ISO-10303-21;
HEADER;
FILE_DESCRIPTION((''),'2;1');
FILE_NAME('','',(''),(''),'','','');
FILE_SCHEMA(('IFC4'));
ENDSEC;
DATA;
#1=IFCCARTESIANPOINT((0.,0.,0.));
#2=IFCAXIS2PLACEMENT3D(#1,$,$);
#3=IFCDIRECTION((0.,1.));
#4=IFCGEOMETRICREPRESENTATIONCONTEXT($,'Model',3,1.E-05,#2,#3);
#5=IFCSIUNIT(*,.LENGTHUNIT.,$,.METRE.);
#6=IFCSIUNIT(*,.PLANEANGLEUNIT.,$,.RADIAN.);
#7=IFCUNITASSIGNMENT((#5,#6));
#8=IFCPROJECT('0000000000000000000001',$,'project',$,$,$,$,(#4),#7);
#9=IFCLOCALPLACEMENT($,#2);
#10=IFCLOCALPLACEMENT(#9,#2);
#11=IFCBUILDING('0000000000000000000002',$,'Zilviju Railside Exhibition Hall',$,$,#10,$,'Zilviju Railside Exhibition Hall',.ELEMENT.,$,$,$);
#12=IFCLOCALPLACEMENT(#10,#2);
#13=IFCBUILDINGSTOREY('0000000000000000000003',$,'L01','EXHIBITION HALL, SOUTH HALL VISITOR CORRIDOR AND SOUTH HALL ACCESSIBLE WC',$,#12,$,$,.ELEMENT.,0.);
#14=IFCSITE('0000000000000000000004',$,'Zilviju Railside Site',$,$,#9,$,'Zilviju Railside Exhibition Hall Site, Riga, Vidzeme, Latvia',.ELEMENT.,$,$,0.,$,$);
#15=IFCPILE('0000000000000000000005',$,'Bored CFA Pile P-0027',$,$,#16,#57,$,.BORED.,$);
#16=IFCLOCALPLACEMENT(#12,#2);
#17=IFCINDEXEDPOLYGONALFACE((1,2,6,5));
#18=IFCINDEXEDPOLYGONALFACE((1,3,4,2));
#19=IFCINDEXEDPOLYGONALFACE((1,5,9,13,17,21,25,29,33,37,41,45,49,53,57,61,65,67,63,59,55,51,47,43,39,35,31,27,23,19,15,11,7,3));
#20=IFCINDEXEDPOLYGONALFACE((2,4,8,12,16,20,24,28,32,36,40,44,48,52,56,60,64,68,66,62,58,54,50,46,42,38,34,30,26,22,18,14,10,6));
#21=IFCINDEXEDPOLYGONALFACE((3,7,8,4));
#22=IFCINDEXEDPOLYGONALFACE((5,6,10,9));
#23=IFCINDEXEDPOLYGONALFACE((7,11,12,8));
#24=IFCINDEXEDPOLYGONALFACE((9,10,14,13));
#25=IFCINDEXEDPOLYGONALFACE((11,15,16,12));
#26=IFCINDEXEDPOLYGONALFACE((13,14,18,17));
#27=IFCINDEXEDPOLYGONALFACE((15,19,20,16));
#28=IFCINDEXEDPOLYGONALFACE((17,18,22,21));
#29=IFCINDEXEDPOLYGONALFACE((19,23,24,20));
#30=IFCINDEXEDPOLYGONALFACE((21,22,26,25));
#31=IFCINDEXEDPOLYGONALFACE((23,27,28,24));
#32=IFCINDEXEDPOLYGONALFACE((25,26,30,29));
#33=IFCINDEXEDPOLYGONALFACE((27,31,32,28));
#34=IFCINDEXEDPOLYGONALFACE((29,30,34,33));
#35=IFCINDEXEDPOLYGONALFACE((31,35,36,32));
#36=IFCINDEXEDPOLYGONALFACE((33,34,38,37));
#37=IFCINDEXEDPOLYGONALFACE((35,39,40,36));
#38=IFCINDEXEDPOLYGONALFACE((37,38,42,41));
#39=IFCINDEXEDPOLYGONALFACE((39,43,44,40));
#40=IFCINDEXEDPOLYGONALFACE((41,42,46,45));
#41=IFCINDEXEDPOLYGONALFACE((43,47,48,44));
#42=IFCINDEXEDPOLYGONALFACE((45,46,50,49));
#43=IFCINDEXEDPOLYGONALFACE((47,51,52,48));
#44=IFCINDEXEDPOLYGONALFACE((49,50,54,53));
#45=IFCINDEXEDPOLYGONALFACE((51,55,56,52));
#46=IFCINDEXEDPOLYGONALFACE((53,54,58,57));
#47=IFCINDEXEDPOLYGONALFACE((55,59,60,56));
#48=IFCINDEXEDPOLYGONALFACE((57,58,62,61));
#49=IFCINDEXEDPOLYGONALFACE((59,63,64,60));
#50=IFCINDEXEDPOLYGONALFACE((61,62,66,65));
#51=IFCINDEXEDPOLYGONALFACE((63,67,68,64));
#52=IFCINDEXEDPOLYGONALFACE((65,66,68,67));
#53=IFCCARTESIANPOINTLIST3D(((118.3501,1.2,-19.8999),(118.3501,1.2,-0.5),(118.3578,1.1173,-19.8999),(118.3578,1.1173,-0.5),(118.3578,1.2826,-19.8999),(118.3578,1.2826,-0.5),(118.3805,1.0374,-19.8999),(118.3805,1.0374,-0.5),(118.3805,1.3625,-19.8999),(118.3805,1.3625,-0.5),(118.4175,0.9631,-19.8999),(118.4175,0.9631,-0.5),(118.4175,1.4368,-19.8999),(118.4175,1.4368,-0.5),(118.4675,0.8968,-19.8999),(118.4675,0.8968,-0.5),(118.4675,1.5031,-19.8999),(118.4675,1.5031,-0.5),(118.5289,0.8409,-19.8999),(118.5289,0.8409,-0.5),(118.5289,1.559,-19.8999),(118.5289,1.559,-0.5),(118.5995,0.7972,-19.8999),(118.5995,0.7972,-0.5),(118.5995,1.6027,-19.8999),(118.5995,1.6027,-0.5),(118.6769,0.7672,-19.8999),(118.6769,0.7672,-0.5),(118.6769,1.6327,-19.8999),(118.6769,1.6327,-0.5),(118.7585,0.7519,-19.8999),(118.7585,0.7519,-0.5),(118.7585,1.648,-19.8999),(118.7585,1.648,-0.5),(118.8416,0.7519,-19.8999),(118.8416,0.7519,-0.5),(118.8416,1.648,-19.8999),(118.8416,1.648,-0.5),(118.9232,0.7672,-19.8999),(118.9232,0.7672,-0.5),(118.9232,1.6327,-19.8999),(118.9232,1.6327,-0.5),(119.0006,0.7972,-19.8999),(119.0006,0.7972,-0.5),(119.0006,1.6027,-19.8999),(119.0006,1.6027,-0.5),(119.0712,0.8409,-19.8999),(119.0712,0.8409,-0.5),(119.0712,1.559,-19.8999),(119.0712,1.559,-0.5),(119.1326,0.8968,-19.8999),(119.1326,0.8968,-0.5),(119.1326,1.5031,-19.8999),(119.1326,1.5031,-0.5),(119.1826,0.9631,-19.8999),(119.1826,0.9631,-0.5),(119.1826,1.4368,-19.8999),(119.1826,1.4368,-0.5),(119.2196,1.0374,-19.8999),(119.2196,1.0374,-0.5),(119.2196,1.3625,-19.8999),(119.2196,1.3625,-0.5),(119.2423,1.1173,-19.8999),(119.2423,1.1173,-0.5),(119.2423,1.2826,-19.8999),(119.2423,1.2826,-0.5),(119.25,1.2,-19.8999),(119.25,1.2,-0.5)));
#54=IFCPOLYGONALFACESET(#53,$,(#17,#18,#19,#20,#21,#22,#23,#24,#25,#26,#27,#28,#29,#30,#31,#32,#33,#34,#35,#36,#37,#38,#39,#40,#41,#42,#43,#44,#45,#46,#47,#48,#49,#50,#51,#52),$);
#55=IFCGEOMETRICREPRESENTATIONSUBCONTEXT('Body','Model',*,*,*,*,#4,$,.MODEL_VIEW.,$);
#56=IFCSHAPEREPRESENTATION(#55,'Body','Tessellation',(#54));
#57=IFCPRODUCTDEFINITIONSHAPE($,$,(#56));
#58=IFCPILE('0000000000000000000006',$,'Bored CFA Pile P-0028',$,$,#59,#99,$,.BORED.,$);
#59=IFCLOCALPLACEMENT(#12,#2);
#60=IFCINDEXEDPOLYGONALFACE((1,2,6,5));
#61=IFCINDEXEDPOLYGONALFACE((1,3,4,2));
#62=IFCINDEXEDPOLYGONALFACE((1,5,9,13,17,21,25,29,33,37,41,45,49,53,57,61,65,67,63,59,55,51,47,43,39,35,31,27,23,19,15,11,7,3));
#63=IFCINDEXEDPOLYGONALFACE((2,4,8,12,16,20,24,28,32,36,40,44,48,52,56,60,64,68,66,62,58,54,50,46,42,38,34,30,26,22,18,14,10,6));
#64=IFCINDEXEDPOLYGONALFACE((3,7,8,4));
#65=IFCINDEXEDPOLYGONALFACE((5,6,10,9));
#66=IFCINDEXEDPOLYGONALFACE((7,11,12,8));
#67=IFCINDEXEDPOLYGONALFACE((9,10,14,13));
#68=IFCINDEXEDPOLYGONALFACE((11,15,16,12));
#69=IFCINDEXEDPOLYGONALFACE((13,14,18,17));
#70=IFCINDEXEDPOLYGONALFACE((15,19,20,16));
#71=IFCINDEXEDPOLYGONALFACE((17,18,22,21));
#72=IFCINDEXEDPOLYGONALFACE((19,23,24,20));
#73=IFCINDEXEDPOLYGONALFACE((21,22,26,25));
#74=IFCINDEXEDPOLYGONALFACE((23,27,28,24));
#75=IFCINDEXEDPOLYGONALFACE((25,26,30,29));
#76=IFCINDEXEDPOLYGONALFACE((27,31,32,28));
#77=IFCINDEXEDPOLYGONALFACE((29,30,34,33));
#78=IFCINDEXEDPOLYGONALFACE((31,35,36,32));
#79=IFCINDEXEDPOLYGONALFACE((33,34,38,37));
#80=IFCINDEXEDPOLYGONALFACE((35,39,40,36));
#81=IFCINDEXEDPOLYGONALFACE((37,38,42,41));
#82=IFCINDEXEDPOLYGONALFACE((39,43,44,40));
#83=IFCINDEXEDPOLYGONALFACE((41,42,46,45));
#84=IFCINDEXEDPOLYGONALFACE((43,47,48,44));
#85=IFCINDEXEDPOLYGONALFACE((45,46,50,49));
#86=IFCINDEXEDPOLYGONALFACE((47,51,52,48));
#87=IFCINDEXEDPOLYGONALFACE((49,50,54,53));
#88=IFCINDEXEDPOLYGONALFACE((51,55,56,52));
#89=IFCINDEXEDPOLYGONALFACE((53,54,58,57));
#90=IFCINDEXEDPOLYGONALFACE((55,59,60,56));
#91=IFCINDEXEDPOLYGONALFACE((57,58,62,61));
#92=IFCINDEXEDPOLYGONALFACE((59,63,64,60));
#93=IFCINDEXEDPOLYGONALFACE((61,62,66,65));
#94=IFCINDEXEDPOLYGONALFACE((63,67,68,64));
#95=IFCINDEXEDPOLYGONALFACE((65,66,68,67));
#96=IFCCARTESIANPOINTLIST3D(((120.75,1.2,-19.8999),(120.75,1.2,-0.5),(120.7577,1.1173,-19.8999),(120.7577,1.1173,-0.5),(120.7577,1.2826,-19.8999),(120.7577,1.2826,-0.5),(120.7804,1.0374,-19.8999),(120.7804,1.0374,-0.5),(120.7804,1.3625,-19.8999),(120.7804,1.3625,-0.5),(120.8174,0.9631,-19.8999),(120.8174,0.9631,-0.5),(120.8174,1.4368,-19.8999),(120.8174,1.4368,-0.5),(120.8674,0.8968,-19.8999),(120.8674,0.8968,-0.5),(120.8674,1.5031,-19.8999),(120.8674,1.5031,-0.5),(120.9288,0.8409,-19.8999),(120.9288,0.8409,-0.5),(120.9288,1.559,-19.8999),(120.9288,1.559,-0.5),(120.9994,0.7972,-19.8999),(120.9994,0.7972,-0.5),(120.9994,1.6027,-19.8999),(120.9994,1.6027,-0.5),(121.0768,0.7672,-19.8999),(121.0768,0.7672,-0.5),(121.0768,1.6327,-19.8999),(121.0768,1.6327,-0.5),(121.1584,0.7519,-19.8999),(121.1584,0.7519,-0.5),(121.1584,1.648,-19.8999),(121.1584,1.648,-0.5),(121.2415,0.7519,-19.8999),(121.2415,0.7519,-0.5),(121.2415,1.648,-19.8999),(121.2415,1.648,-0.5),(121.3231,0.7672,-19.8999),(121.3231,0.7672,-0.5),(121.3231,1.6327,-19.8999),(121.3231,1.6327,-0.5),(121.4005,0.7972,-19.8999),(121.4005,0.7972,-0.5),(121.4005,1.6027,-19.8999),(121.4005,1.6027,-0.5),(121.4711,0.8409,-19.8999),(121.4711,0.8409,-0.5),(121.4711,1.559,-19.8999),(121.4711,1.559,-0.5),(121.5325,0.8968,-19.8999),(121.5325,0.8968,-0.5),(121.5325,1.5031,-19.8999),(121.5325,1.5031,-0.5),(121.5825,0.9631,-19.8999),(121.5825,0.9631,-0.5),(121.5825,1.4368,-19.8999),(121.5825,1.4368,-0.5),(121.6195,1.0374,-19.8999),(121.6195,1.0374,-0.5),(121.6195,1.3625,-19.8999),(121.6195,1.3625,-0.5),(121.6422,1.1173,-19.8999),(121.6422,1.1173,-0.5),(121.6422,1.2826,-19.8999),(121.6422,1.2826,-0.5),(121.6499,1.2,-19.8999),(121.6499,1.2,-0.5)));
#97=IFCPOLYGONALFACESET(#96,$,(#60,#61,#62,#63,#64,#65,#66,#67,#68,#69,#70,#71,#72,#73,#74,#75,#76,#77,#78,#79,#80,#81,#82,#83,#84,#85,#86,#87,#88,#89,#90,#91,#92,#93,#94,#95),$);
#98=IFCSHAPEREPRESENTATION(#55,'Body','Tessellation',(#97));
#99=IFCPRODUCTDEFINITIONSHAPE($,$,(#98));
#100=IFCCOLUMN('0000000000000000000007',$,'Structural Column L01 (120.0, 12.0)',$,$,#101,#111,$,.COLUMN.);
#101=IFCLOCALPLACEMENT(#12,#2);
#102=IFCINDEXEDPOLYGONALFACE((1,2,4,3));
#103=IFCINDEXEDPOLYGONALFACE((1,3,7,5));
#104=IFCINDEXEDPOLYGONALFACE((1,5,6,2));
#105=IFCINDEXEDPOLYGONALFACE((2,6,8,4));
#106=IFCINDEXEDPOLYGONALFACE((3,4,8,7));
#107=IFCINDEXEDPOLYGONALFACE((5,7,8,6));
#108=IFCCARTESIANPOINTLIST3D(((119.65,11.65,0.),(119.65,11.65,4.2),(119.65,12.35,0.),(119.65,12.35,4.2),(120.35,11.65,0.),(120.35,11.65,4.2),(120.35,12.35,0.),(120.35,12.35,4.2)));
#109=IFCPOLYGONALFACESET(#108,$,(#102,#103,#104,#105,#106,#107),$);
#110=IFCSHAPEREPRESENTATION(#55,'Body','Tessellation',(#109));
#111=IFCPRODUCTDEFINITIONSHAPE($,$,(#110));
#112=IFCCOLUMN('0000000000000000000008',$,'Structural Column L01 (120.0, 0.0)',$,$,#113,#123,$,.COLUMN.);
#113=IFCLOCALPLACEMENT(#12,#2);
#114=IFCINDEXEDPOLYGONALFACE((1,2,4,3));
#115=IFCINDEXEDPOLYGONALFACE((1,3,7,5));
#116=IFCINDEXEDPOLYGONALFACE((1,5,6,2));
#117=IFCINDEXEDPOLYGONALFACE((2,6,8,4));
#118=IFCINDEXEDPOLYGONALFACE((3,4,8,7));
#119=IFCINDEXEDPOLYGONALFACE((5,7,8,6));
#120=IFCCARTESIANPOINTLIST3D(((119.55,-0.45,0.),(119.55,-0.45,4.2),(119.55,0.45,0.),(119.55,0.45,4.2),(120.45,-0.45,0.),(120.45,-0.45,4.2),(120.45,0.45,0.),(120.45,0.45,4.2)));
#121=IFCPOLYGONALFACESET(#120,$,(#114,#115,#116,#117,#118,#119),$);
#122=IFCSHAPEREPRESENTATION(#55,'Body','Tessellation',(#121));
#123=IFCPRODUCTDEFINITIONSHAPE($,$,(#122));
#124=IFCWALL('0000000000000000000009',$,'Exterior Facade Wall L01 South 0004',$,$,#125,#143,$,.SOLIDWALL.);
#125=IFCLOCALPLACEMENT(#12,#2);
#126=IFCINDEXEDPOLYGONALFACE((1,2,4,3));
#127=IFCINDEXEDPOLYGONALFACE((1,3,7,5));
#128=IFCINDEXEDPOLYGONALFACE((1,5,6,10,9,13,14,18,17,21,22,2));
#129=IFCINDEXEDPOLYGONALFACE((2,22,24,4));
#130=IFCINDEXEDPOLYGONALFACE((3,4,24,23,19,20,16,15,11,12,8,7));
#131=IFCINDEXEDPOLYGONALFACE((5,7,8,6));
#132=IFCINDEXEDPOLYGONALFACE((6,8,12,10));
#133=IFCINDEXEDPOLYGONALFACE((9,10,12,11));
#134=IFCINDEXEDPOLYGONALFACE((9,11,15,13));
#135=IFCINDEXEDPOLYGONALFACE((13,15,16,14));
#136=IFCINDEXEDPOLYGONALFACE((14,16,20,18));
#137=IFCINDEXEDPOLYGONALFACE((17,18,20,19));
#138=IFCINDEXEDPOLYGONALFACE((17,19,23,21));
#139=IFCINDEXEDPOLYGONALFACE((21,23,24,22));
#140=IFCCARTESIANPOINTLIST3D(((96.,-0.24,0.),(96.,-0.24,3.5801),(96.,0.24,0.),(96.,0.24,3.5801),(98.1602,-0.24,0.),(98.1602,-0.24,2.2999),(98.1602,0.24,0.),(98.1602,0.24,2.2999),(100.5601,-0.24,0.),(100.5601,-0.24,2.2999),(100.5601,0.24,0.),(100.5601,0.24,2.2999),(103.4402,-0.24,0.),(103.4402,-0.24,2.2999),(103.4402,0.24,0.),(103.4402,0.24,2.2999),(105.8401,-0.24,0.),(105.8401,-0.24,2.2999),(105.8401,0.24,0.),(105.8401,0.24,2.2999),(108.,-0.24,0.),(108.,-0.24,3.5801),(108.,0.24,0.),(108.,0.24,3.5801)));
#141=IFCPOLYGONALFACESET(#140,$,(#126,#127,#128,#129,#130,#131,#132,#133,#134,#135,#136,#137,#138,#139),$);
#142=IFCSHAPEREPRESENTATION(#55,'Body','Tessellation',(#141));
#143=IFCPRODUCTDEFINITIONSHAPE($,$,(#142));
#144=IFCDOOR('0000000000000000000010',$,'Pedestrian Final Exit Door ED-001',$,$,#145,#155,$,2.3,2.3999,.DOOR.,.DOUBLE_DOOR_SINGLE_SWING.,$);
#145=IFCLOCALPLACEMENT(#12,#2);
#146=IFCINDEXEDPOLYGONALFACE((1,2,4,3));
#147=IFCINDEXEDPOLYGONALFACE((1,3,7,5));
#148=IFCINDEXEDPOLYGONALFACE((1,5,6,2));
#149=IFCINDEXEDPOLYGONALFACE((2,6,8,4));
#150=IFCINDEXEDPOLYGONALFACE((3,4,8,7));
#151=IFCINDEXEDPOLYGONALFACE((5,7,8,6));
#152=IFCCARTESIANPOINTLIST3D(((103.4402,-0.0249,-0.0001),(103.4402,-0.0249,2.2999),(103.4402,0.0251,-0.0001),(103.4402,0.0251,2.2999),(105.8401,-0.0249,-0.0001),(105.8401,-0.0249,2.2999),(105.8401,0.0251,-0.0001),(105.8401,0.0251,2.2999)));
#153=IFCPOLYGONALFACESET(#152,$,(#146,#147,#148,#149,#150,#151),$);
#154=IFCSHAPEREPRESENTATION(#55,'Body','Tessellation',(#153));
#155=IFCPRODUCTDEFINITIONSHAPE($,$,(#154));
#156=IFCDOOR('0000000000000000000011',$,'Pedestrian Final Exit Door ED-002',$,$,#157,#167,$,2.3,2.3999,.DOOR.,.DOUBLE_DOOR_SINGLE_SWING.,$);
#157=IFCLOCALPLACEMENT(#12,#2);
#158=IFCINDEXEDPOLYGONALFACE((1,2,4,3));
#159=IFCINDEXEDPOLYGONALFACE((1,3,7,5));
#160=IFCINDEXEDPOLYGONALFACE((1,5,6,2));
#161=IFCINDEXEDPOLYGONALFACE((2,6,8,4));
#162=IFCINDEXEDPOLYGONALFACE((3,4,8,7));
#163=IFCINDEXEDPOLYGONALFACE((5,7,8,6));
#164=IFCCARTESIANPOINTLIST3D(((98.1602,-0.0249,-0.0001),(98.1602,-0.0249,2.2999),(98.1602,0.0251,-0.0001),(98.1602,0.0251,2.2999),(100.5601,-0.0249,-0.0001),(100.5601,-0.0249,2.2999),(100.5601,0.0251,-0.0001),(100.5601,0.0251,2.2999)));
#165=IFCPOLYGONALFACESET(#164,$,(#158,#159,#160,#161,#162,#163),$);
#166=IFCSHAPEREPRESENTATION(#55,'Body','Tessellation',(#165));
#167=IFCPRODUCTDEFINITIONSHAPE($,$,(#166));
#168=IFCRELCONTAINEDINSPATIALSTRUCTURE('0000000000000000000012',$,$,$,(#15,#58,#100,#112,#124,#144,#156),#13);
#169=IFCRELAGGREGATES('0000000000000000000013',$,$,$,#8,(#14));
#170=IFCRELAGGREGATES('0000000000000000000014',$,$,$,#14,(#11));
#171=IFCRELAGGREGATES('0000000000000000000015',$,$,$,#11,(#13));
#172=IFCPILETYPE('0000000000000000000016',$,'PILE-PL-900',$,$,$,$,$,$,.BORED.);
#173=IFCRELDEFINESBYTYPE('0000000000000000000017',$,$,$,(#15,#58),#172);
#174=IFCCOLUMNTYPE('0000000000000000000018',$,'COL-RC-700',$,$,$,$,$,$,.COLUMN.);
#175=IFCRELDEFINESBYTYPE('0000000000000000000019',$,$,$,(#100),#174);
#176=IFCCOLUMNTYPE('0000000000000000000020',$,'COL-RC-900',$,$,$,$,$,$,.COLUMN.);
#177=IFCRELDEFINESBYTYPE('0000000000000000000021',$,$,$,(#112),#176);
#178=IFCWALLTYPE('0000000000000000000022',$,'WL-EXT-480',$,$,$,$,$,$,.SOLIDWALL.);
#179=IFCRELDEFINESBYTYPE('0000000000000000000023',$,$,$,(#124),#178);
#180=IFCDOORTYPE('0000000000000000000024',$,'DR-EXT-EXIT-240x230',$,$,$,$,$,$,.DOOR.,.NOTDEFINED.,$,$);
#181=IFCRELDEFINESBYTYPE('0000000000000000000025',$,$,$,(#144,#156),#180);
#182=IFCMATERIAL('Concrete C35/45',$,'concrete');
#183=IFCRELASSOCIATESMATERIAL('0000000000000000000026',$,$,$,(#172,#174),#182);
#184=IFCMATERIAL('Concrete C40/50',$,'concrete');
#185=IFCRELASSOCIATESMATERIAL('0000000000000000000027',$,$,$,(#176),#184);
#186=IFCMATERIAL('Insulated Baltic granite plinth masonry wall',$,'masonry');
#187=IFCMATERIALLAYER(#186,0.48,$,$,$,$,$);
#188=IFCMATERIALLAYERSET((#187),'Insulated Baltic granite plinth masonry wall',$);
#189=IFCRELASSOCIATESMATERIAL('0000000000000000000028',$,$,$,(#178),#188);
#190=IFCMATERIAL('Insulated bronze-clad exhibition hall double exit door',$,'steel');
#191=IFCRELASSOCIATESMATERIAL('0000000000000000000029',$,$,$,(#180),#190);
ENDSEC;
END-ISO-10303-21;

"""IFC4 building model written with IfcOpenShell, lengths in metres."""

from ifc_helpers import new_model, si_unit, direction, frame, frame_2d, origin, origin_2d, place, context, subcontext, project, spatial, rectangle, circle, extrude, material, layer, layer_set, material_profile, profile_set, type_object, element, fill, save


model = new_model("IFC4")

# Units and contexts
model_context = context("Model", 3, precision=1e-05, world=origin(), true_north=direction((0.0, 1.0)))
body_context = subcontext(model_context, "Body", "Model", "MODEL_VIEW")
ifc_project = project(units=[si_unit("LENGTHUNIT", "METRE"), si_unit("PLANEANGLEUNIT", "RADIAN")], contexts=[model_context])

# Site, building, storey
site_placement = place(None, origin())
site = spatial("IfcSite", under=ifc_project, at=site_placement, Name="Zilviju Railside Site", LongName="Zilviju Railside Exhibition Hall Site, Riga, Vidzeme, Latvia", CompositionType="ELEMENT", RefElevation=0.0)
building_placement = place(site_placement, origin())
building = spatial("IfcBuilding", under=site, at=building_placement, Name="Zilviju Railside Exhibition Hall", LongName="Zilviju Railside Exhibition Hall", CompositionType="ELEMENT")
storey_placement = place(building_placement, origin())
storey = spatial("IfcBuildingStorey", under=building, at=storey_placement, Name="L01", Description="EXHIBITION HALL, SOUTH HALL VISITOR CORRIDOR AND SOUTH HALL ACCESSIBLE WC", CompositionType="ELEMENT", Elevation=0.0)

# Shared definitions
ifc_material_1 = material(Name="Concrete C35/45", Category="concrete")

# Piles
ifc_material_profile_1 = material_profile(ifc_material_1, circle(Radius=0.45, at=origin_2d()), Name="CFA PILE D900")
ifc_profile_set_1 = profile_set([ifc_material_profile_1], Name="Concrete C35/45")
pile_type_1 = type_object("IfcPileType", Name="PILE-PL-900", PredefinedType="BORED", material=ifc_profile_set_1)
for number, where, z_axis, x_axis, name in (
    (1, (118.8, 1.2, -0.5), (0.0, 0.0, -1.0), (1.0, 0.0, 0.0), "Bored CFA Pile P-0027"),
    (2, (121.2, 1.2, -0.5), (0.0, 0.0, -1.0), (1.0, 0.0, 0.0), "Bored CFA Pile P-0028"),
):
    element("IfcPile", number, at=place(storey_placement, frame(where, z_axis=z_axis, x_axis=x_axis)), inside=storey, type_object=pile_type_1, Name=name, PredefinedType="BORED", context=body_context, shape_type="SweptSolid", body=[
        extrude(circle(Radius=0.45, at=origin_2d()), origin(), (0.0, 0.0, 1.0), 19.3999),
    ])

# Columns
ifc_material_profile_2 = material_profile(ifc_material_1, rectangle(XDim=0.7, YDim=0.7, at=origin_2d()), Name="RC COL 700x700")
ifc_profile_set_2 = profile_set([ifc_material_profile_2], Name="Concrete C35/45")
column_type_1 = type_object("IfcColumnType", Name="COL-RC-700", PredefinedType="COLUMN", material=ifc_profile_set_2)
column_1_placement = place(storey_placement, frame((120.0, 12.0, 0.0), z_axis=(0.0, 0.0, 1.0), x_axis=(1.0, 0.0, 0.0)))
element("IfcColumn", 3, at=column_1_placement, inside=storey, type_object=column_type_1, Name="Structural Column L01 (120.0, 12.0)", PredefinedType="COLUMN", context=body_context, shape_type="SweptSolid", body=[
    extrude(rectangle(XDim=0.7, YDim=0.7, at=origin_2d()), origin(), (0.0, 0.0, 1.0), 4.2),
])
ifc_material_2 = material(Name="Concrete C40/50", Category="concrete")
ifc_material_profile_3 = material_profile(ifc_material_2, rectangle(XDim=0.8999, YDim=0.8999, at=origin_2d()), Name="RC COL 900x900")
ifc_profile_set_3 = profile_set([ifc_material_profile_3], Name="Concrete C40/50")
column_type_2 = type_object("IfcColumnType", Name="COL-RC-900", PredefinedType="COLUMN", material=ifc_profile_set_3)
column_2_placement = place(storey_placement, frame((120.0, 0.0, 0.0), z_axis=(0.0, 0.0, 1.0), x_axis=(1.0, 0.0, 0.0)))
element("IfcColumn", 4, at=column_2_placement, inside=storey, type_object=column_type_2, Name="Structural Column L01 (120.0, 0.0)", PredefinedType="COLUMN", context=body_context, shape_type="SweptSolid", body=[
    extrude(rectangle(XDim=0.8999, YDim=0.8999, at=origin_2d()), origin(), (0.0, 0.0, 1.0), 4.2),
])

# Wall, openings, doors
ifc_material_3 = material(Name="Insulated Baltic granite plinth masonry wall", Category="masonry")
ifc_layer_1 = layer(ifc_material_3, 0.48)
ifc_layer_set_1 = layer_set([ifc_layer_1], Name="Insulated Baltic granite plinth masonry wall")
wall_type = type_object("IfcWallType", Name="WL-EXT-480", PredefinedType="SOLIDWALL", material=ifc_layer_set_1)
wall_1_placement = place(storey_placement, frame((108.0, 0.0, 0.0), z_axis=(0.0, 0.0, 1.0), x_axis=(-1.0, 0.0, 0.0)))
wall_1 = element("IfcWall", 5, at=wall_1_placement, inside=storey, type_object=wall_type, Name="Exterior Facade Wall L01 South 0004", PredefinedType="SOLIDWALL", context=body_context, shape_type="SweptSolid", body=[
    extrude(rectangle(XDim=12.0, YDim=0.48, at=frame_2d((6.0, 0.0))), origin(), (0.0, 0.0, 1.0), 3.5801),
])
opening_1_placement = place(wall_1_placement, frame((2.1599, 0.0, 0.0)))
opening_1 = element("IfcOpeningElement", 6, at=opening_1_placement, cuts=wall_1, PredefinedType="OPENING", context=body_context, shape_type="SweptSolid", body=[
    extrude(rectangle(XDim=2.3999, YDim=2.3, at=frame_2d((1.2, 1.1499))), frame((0.0, 0.25, 0.0), z_axis=(0.0, -1.0, 0.0), x_axis=(1.0, 0.0, 0.0)), (0.0, 0.0, 1.0), 0.5),
])
opening_2_placement = place(wall_1_placement, frame((7.4399, 0.0, 0.0)))
opening_2 = element("IfcOpeningElement", 7, at=opening_2_placement, cuts=wall_1, PredefinedType="OPENING", context=body_context, shape_type="SweptSolid", body=[
    extrude(rectangle(XDim=2.3999, YDim=2.3, at=frame_2d((1.2, 1.1499))), frame((0.0, 0.25, 0.0), z_axis=(0.0, -1.0, 0.0), x_axis=(1.0, 0.0, 0.0)), (0.0, 0.0, 1.0), 0.5),
])
ifc_material_4 = material(Name="Insulated bronze-clad exhibition hall double exit door", Category="steel")
door_type = type_object("IfcDoorType", Name="DR-EXT-EXIT-240x230", OperationType="NOTDEFINED", PredefinedType="DOOR", material=ifc_material_4)
door_1_placement = place(opening_1_placement, origin())
door_1 = element("IfcDoor", 8, at=door_1_placement, inside=storey, type_object=door_type, Name="Pedestrian Final Exit Door ED-001", OperationType="DOUBLE_DOOR_SINGLE_SWING", OverallHeight=2.3, OverallWidth=2.3999, PredefinedType="DOOR", context=body_context, shape_type="SweptSolid", body=[
    extrude(rectangle(XDim=2.3999, YDim=2.3, at=frame_2d((1.2, 1.1499))), frame((0.0, 0.0249, 0.0), z_axis=(0.0, -1.0, 0.0), x_axis=(1.0, 0.0, 0.0)), (0.0, 0.0, 1.0), 0.05),
])
fill(opening_1, door_1)
door_2_placement = place(opening_2_placement, origin())
door_2 = element("IfcDoor", 9, at=door_2_placement, inside=storey, type_object=door_type, Name="Pedestrian Final Exit Door ED-002", OperationType="DOUBLE_DOOR_SINGLE_SWING", OverallHeight=2.3, OverallWidth=2.3999, PredefinedType="DOOR", context=body_context, shape_type="SweptSolid", body=[
    extrude(rectangle(XDim=2.3999, YDim=2.3, at=frame_2d((1.2, 1.1499))), frame((0.0, 0.0249, 0.0), z_axis=(0.0, -1.0, 0.0), x_axis=(1.0, 0.0, 0.0)), (0.0, 0.0, 1.0), 0.05),
])
fill(opening_2, door_2)

save(model, "model.ifc")
